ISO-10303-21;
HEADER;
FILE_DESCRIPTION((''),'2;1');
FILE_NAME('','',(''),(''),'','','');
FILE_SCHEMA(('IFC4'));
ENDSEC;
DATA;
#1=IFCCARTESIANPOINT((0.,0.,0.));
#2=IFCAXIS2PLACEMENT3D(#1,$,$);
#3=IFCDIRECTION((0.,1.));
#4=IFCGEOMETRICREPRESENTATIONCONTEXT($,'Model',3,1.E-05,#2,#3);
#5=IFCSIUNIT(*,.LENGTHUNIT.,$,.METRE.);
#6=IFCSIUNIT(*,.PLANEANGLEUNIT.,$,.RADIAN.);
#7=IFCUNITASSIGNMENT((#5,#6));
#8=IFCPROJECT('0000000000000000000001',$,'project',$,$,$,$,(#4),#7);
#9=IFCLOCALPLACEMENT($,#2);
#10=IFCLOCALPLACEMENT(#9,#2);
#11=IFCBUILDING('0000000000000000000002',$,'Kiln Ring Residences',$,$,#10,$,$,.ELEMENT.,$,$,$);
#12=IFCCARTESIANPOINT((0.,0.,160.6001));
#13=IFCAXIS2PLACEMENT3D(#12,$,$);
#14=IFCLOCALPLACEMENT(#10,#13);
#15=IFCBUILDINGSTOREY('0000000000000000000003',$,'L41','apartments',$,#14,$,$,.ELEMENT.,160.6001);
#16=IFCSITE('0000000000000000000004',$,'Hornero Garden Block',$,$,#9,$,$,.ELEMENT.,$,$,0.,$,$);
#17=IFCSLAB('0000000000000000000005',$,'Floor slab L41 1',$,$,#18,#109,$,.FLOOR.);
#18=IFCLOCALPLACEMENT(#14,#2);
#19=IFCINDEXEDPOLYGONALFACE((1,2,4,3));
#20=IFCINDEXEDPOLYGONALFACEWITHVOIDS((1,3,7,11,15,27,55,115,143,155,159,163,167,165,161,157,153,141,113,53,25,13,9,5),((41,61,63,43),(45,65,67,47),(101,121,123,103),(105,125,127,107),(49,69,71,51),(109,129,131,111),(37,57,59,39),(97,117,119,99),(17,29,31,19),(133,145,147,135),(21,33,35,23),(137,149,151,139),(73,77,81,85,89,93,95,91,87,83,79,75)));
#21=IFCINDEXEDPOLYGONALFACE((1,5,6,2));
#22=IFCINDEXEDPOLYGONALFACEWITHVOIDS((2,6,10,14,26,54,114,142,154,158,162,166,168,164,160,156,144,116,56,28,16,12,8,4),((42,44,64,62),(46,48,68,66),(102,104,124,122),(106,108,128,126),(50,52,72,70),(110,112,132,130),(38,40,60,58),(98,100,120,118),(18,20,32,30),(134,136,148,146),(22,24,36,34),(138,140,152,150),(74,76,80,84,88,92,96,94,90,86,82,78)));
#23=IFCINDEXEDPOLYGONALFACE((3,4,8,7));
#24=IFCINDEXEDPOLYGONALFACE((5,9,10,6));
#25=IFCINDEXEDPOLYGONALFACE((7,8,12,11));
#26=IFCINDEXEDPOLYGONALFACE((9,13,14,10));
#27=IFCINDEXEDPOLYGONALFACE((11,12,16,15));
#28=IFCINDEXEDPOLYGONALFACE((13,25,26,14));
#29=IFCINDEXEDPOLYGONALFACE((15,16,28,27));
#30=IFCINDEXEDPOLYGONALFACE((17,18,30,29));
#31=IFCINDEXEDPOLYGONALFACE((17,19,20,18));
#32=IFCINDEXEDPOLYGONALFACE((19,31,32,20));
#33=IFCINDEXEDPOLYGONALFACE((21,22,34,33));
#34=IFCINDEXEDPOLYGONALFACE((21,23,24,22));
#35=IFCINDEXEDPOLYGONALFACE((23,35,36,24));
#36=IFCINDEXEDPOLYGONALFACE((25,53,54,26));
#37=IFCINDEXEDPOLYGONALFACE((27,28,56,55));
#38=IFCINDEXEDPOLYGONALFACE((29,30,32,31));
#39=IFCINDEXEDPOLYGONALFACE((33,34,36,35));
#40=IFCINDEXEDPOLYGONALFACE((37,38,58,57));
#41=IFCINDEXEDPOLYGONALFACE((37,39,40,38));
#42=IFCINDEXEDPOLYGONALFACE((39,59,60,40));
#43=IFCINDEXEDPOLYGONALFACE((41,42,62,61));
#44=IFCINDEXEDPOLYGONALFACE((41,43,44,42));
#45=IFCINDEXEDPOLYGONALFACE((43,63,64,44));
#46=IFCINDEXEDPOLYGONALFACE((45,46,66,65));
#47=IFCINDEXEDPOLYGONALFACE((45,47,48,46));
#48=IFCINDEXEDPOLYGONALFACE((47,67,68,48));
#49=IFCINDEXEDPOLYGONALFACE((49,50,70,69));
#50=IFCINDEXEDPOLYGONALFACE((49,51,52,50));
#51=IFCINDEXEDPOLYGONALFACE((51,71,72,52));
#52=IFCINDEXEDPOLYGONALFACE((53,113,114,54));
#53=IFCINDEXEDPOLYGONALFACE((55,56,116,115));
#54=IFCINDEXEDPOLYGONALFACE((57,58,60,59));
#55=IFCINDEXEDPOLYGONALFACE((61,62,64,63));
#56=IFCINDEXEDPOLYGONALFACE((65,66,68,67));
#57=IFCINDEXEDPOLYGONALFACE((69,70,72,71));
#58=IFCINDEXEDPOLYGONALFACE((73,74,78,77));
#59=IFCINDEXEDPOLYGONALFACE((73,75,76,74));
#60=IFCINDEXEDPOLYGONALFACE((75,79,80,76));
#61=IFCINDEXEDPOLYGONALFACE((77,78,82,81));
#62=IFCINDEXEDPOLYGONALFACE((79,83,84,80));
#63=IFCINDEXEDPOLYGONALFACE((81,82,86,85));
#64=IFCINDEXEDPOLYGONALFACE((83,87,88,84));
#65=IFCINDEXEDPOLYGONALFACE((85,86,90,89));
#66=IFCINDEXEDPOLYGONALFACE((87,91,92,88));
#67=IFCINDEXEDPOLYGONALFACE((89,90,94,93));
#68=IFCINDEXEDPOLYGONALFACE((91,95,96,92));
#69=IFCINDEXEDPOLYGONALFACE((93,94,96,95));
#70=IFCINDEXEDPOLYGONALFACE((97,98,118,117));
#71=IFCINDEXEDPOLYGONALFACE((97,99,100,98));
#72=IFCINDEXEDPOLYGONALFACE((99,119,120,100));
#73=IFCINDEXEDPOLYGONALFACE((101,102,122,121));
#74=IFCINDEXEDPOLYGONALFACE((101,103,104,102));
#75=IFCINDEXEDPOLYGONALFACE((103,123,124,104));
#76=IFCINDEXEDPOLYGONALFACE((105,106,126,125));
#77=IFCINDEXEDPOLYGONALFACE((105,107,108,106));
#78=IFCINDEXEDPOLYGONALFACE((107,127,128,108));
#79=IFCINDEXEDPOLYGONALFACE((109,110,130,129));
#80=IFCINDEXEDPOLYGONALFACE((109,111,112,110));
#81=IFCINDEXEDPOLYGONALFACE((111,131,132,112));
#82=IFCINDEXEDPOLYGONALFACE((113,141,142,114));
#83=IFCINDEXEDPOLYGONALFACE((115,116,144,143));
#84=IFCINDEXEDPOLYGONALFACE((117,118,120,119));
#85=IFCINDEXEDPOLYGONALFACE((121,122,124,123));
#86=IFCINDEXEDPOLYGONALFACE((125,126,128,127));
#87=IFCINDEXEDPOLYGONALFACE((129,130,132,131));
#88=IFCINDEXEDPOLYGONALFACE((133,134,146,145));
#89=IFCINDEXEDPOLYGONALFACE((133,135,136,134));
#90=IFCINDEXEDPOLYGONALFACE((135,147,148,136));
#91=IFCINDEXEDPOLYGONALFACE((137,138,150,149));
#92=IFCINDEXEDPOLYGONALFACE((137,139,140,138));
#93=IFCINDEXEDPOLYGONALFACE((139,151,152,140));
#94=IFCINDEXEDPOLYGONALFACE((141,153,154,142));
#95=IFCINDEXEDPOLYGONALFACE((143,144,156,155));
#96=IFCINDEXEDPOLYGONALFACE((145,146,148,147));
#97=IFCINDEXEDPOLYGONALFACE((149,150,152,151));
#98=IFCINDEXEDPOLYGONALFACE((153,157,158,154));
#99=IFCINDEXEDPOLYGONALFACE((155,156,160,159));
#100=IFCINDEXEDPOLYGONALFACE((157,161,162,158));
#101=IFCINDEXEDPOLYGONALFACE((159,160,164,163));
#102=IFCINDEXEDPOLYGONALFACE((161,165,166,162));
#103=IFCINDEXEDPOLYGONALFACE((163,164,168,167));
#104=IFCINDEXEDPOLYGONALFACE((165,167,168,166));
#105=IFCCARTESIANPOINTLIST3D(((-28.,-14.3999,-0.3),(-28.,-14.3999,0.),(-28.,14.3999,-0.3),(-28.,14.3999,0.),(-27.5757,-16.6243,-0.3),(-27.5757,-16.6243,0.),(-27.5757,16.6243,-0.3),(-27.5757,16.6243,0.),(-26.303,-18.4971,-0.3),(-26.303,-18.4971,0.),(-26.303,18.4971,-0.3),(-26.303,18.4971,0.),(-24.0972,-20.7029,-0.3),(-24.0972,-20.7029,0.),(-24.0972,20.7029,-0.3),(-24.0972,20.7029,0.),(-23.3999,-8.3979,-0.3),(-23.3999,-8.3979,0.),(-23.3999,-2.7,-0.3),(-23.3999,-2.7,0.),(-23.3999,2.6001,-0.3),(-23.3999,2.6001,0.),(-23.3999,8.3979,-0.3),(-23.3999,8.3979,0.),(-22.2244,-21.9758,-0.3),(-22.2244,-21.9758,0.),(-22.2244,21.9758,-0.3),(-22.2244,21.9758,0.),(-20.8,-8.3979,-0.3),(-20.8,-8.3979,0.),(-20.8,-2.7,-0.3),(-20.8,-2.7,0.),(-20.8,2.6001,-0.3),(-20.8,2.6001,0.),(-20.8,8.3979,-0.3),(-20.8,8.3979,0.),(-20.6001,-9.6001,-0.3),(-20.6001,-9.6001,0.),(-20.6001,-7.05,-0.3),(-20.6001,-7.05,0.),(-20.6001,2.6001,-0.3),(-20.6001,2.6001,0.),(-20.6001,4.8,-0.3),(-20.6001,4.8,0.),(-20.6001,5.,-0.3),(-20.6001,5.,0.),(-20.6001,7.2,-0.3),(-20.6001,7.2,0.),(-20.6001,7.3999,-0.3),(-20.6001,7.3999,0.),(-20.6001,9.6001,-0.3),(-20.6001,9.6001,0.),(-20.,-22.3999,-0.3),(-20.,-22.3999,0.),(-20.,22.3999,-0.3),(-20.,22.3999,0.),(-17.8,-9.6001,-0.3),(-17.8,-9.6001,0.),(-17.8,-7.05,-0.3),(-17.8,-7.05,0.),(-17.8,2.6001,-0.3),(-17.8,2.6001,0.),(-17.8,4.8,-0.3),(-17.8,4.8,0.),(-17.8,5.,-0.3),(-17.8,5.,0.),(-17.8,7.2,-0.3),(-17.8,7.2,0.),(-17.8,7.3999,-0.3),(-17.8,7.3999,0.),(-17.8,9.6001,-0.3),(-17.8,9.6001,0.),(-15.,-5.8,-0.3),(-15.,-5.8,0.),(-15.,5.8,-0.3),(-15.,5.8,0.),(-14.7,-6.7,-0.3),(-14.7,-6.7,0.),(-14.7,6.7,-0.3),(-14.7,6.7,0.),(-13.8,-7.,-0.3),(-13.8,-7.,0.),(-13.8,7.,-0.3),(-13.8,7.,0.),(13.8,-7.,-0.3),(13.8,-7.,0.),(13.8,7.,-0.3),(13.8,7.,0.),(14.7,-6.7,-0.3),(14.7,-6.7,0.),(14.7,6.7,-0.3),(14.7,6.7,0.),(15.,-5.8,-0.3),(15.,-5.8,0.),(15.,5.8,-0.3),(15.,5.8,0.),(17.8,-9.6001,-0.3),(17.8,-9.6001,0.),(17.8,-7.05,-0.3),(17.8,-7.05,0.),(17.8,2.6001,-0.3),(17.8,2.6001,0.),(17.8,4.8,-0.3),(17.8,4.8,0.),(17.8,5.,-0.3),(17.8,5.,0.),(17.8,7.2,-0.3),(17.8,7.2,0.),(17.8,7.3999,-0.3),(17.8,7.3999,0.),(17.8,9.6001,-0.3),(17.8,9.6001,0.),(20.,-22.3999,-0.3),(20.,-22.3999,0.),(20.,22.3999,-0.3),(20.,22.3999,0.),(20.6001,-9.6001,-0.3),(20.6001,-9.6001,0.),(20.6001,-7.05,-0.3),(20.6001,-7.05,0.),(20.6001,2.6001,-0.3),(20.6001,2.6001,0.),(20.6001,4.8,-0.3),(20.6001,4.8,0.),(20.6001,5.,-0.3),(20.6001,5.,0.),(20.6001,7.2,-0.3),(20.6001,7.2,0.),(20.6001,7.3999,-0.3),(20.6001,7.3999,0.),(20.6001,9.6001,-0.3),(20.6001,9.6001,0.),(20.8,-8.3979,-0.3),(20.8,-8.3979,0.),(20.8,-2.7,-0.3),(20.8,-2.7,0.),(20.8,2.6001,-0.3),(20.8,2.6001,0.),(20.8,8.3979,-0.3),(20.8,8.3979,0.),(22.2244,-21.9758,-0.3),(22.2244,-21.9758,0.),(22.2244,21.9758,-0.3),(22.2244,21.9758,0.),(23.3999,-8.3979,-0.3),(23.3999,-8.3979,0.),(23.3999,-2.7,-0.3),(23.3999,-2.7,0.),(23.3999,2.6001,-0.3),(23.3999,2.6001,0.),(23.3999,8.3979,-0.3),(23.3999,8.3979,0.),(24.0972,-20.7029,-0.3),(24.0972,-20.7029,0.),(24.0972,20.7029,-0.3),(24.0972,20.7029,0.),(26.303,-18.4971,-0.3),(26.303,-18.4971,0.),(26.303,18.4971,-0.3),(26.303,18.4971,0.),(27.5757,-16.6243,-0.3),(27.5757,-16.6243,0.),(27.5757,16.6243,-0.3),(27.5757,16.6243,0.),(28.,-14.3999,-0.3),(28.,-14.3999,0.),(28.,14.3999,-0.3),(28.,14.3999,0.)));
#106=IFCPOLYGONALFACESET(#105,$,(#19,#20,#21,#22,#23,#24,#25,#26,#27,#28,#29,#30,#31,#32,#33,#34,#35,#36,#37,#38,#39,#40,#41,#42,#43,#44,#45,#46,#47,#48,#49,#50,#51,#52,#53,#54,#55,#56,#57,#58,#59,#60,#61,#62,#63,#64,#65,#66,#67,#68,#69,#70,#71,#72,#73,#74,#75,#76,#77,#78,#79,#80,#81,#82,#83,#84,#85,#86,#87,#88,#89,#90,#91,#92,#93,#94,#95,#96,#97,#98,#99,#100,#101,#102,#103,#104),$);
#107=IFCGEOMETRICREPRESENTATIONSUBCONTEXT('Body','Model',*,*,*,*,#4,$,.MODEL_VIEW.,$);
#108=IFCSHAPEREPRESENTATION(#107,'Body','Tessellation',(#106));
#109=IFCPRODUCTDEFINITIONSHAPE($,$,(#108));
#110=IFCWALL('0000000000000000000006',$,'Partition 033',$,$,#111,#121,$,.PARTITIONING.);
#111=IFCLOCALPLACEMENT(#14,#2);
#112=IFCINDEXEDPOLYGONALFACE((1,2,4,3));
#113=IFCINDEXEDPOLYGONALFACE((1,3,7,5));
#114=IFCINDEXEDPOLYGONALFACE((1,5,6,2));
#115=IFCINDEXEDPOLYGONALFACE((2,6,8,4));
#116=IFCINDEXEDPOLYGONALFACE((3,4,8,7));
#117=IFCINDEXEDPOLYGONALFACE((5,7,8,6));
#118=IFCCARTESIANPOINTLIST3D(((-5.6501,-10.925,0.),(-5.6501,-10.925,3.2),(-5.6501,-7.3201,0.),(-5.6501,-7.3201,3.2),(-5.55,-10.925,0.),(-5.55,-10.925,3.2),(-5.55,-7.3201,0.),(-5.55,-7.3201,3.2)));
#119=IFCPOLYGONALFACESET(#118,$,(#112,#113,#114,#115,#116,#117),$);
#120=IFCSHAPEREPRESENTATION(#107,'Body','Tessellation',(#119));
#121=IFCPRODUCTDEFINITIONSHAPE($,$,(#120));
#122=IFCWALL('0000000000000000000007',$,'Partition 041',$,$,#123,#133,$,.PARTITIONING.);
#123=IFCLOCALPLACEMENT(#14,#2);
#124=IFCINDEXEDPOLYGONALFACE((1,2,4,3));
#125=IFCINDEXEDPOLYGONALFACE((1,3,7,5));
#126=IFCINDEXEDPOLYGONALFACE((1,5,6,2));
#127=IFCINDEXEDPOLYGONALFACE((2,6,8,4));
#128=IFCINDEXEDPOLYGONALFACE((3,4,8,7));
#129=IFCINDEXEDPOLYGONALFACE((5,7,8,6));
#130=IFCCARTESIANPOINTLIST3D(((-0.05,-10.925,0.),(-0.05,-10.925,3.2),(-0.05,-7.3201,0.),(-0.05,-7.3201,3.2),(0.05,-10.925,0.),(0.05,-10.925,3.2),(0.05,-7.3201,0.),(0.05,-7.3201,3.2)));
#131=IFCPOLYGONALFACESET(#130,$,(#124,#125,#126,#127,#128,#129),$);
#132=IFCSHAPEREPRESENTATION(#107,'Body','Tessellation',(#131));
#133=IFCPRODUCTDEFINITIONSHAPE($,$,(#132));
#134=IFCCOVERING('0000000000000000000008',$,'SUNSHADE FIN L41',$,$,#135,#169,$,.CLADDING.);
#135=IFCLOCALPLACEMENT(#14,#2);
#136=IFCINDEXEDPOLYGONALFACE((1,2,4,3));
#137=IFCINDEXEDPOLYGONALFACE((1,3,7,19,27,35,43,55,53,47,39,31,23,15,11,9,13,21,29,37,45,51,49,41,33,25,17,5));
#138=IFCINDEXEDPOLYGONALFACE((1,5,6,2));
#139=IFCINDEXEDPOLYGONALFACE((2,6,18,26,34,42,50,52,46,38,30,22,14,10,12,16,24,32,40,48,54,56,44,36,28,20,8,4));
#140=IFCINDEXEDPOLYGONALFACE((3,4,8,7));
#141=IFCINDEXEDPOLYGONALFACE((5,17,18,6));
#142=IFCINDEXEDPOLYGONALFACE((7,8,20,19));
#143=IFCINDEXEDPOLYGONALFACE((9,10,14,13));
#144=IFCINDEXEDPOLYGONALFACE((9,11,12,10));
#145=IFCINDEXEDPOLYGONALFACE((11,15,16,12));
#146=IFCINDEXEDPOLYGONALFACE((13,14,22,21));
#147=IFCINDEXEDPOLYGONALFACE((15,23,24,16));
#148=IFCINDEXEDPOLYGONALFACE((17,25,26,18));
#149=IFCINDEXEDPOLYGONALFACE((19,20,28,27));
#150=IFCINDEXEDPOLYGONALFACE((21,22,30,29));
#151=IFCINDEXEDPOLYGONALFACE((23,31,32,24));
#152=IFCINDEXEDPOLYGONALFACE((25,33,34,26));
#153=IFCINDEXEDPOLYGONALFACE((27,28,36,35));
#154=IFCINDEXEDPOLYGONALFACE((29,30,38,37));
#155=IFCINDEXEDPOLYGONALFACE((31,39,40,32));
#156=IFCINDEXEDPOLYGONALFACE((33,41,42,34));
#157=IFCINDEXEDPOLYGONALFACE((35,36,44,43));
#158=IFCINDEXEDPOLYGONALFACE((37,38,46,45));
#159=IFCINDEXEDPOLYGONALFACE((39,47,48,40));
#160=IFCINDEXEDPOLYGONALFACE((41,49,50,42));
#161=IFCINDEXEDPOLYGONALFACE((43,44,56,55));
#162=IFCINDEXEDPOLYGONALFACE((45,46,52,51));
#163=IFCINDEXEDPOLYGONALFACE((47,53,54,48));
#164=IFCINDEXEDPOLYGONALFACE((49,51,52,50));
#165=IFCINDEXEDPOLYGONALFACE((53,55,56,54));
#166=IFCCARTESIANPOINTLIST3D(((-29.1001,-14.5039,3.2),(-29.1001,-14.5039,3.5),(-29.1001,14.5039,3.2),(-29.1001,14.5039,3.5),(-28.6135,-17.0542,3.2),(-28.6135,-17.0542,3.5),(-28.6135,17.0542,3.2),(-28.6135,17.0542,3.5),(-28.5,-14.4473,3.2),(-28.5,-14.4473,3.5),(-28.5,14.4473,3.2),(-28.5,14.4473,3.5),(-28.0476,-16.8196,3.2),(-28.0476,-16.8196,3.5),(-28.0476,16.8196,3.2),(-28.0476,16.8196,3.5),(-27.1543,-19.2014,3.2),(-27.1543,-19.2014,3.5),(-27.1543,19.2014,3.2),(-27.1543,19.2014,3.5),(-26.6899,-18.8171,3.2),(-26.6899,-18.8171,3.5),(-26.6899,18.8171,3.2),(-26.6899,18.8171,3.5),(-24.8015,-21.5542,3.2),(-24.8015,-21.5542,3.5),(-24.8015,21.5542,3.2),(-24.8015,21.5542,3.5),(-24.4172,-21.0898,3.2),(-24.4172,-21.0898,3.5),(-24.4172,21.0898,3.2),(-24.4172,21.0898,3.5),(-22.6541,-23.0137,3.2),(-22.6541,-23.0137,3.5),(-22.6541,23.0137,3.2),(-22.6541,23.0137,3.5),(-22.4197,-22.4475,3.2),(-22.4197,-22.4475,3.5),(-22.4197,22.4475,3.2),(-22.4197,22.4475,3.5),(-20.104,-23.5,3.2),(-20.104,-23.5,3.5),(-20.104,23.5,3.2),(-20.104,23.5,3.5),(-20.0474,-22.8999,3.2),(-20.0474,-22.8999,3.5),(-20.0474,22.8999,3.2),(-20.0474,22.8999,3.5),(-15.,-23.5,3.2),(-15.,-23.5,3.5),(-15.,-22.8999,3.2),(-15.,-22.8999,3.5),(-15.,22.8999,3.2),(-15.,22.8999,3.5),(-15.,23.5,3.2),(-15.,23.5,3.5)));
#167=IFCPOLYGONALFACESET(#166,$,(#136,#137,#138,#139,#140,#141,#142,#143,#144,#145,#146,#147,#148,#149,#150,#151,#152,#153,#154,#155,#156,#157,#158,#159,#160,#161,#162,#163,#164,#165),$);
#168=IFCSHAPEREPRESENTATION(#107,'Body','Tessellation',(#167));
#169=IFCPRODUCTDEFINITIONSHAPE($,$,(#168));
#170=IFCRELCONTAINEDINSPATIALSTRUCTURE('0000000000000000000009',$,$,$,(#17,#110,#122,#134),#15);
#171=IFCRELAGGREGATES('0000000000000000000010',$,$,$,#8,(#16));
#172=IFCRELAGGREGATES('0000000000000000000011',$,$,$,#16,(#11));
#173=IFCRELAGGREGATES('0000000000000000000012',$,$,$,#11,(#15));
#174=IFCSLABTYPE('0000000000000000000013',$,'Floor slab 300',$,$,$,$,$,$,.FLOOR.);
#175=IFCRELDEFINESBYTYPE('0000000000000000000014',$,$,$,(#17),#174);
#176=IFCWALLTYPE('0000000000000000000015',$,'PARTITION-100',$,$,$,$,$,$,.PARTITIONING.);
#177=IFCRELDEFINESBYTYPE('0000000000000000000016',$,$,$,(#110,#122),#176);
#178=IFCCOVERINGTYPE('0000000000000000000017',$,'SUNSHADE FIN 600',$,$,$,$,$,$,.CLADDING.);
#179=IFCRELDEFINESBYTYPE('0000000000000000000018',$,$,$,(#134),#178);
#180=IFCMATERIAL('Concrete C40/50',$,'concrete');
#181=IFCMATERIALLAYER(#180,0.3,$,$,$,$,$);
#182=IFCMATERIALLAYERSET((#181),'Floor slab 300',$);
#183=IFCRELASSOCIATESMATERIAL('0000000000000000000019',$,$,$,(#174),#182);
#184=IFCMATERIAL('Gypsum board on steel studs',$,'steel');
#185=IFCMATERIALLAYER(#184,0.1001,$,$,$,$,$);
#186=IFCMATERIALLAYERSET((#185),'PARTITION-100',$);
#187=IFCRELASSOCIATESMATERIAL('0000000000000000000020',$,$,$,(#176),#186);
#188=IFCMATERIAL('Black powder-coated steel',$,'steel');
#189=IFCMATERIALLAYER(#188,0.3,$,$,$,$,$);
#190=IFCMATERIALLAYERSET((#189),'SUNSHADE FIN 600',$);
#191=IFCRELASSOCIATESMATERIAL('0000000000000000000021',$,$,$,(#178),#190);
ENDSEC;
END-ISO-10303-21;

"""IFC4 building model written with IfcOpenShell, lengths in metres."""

from ifc_helpers import new_model, si_unit, direction, frame, frame_2d, origin, place, context, subcontext, project, spatial, polyline, rectangle, outline, extrude, material, layer, layer_set, type_object, element, save


model = new_model("IFC4")

# Units and contexts
model_context = context("Model", 3, precision=1e-05, world=origin(), true_north=direction((0.0, 1.0)))
body_context = subcontext(model_context, "Body", "Model", "MODEL_VIEW")
ifc_project = project(units=[si_unit("LENGTHUNIT", "METRE"), si_unit("PLANEANGLEUNIT", "RADIAN")], contexts=[model_context])

# Site, building, storey
site_placement = place(None, origin())
site = spatial("IfcSite", under=ifc_project, at=site_placement, Name="Hornero Garden Block", CompositionType="ELEMENT", RefElevation=0.0)
building_placement = place(site_placement, origin())
building = spatial("IfcBuilding", under=site, at=building_placement, Name="Kiln Ring Residences", CompositionType="ELEMENT")
storey_placement = place(building_placement, frame((0.0, 0.0, 160.6001)))
storey = spatial("IfcBuildingStorey", under=building, at=storey_placement, Name="L41", Description="apartments", CompositionType="ELEMENT", Elevation=160.6001)

# Slab
ifc_material_1 = material(Name="Concrete C40/50", Category="concrete")
ifc_layer_1 = layer(ifc_material_1, 0.3)
ifc_layer_set_1 = layer_set([ifc_layer_1], Name="Floor slab 300")
slab_type = type_object("IfcSlabType", Name="Floor slab 300", PredefinedType="FLOOR", material=ifc_layer_set_1)
slab_placement = place(storey_placement, frame((0.0, 0.0, -0.3)))
element("IfcSlab", 1, at=slab_placement, inside=storey, type_object=slab_type, Name="Floor slab L41 1", PredefinedType="FLOOR", context=body_context, shape_type="SweptSolid", body=[
    extrude(outline(polyline([(-26.303, -18.4971), (-24.0972, -20.7029), (-22.2244, -21.9758), (-20.0, -22.3999), (20.0, -22.3999), (22.2244, -21.9758), (24.0972, -20.7029), (26.303, -18.4971), (27.5757, -16.6243), (28.0, -14.3999), (28.0, 14.3999), (27.5757, 16.6243), (26.303, 18.4971), (24.0972, 20.7029), (22.2244, 21.9758), (20.0, 22.3999), (-20.0, 22.3999), (-22.2244, 21.9758), (-24.0972, 20.7029), (-26.303, 18.4971), (-27.5757, 16.6243), (-28.0, 14.3999), (-28.0, -14.3999), (-27.5757, -16.6243), (-26.303, -18.4971)]), holes=[polyline([(-14.7, -6.7), (-15.0, -5.8), (-15.0, 5.8), (-14.7, 6.7), (-13.8, 7.0), (13.8, 7.0), (14.7, 6.7), (15.0, 5.8), (15.0, -5.8), (14.7, -6.7), (13.8, -7.0), (-13.8, -7.0), (-14.7, -6.7)]), polyline([(20.8, -8.3979), (20.8, -2.7), (23.3999, -2.7), (23.3999, -8.3979), (20.8, -8.3979)]), polyline([(23.3999, 2.6001), (20.8, 2.6001), (20.8, 8.3979), (23.3999, 8.3979), (23.3999, 2.6001)]), polyline([(17.8, 2.6001), (17.8, 4.8), (20.6001, 4.8), (20.6001, 2.6001), (17.8, 2.6001)]), polyline([(17.8, 5.0), (17.8, 7.2), (20.6001, 7.2), (20.6001, 5.0), (17.8, 5.0)]), polyline([(17.8, 7.3999), (17.8, 9.6001), (20.6001, 9.6001), (20.6001, 7.3999), (17.8, 7.3999)]), polyline([(20.6001, -9.6001), (17.8, -9.6001), (17.8, -7.05), (20.6001, -7.05), (20.6001, -9.6001)]), polyline([(-17.8, -7.05), (-17.8, -9.6001), (-20.6001, -9.6001), (-20.6001, -7.05), (-17.8, -7.05)]), polyline([(-17.8, 2.6001), (-20.6001, 2.6001), (-20.6001, 4.8), (-17.8, 4.8), (-17.8, 2.6001)]), polyline([(-17.8, 5.0), (-20.6001, 5.0), (-20.6001, 7.2), (-17.8, 7.2), (-17.8, 5.0)]), polyline([(-17.8, 7.3999), (-20.6001, 7.3999), (-20.6001, 9.6001), (-17.8, 9.6001), (-17.8, 7.3999)]), polyline([(-20.8, -8.3979), (-23.3999, -8.3979), (-23.3999, -2.7), (-20.8, -2.7), (-20.8, -8.3979)]), polyline([(-20.8, 8.3979), (-20.8, 2.6001), (-23.3999, 2.6001), (-23.3999, 8.3979), (-20.8, 8.3979)])]), origin(), (0.0, 0.0, 1.0), 0.3),
])

# Walls
ifc_material_2 = material(Name="Gypsum board on steel studs", Category="steel")
ifc_layer_2 = layer(ifc_material_2, 0.1001)
ifc_layer_set_2 = layer_set([ifc_layer_2], Name="PARTITION-100")
wall_type = type_object("IfcWallType", Name="PARTITION-100", PredefinedType="PARTITIONING", material=ifc_layer_set_2)
for number, where, z_axis, x_axis, name in (
    (2, (-5.6001, -10.925, 0.0), (0.0, 0.0, 1.0), (0.0, 1.0, 0.0), "Partition 033"),
    (3, (0.0, -10.925, 0.0), (0.0, 0.0, 1.0), (0.0, 1.0, 0.0), "Partition 041"),
):
    element("IfcWall", number, at=place(storey_placement, frame(where, z_axis=z_axis, x_axis=x_axis)), inside=storey, type_object=wall_type, Name=name, PredefinedType="PARTITIONING", context=body_context, shape_type="SweptSolid", body=[
        extrude(rectangle(XDim=3.605, YDim=0.1001, at=frame_2d((1.8025, 0.0))), origin(), (0.0, 0.0, 1.0), 3.2),
    ])

# Covering
ifc_material_3 = material(Name="Black powder-coated steel", Category="steel")
ifc_layer_3 = layer(ifc_material_3, 0.3)
ifc_layer_set_3 = layer_set([ifc_layer_3], Name="SUNSHADE FIN 600")
covering_type = type_object("IfcCoveringType", Name="SUNSHADE FIN 600", PredefinedType="CLADDING", material=ifc_layer_set_3)
covering_placement = place(storey_placement, frame((0.0, 0.0, 3.2)))
element("IfcCovering", 4, at=covering_placement, inside=storey, type_object=covering_type, Name="SUNSHADE FIN L41", PredefinedType="CLADDING", context=body_context, shape_type="SweptSolid", body=[
    extrude(outline(polyline([(-29.1001, -14.5039), (-28.6135, -17.0542), (-27.1543, -19.2014), (-24.8015, -21.5542), (-22.6541, -23.0137), (-20.104, -23.5), (-15.0, -23.5), (-15.0, -22.8999), (-20.0474, -22.8999), (-22.4197, -22.4475), (-24.4172, -21.0898), (-26.6899, -18.8171), (-28.0476, -16.8196), (-28.5, -14.4473), (-28.5, 14.4473), (-28.0476, 16.8196), (-26.6899, 18.8171), (-24.4172, 21.0898), (-22.4197, 22.4475), (-20.0474, 22.8999), (-15.0, 22.8999), (-15.0, 23.5), (-20.104, 23.5), (-22.6541, 23.0137), (-24.8015, 21.5542), (-27.1543, 19.2014), (-28.6135, 17.0542), (-29.1001, 14.5039), (-29.1001, -14.5039)])), origin(), (0.0, 0.0, 1.0), 0.3),
])

save(model, "model.ifc")
